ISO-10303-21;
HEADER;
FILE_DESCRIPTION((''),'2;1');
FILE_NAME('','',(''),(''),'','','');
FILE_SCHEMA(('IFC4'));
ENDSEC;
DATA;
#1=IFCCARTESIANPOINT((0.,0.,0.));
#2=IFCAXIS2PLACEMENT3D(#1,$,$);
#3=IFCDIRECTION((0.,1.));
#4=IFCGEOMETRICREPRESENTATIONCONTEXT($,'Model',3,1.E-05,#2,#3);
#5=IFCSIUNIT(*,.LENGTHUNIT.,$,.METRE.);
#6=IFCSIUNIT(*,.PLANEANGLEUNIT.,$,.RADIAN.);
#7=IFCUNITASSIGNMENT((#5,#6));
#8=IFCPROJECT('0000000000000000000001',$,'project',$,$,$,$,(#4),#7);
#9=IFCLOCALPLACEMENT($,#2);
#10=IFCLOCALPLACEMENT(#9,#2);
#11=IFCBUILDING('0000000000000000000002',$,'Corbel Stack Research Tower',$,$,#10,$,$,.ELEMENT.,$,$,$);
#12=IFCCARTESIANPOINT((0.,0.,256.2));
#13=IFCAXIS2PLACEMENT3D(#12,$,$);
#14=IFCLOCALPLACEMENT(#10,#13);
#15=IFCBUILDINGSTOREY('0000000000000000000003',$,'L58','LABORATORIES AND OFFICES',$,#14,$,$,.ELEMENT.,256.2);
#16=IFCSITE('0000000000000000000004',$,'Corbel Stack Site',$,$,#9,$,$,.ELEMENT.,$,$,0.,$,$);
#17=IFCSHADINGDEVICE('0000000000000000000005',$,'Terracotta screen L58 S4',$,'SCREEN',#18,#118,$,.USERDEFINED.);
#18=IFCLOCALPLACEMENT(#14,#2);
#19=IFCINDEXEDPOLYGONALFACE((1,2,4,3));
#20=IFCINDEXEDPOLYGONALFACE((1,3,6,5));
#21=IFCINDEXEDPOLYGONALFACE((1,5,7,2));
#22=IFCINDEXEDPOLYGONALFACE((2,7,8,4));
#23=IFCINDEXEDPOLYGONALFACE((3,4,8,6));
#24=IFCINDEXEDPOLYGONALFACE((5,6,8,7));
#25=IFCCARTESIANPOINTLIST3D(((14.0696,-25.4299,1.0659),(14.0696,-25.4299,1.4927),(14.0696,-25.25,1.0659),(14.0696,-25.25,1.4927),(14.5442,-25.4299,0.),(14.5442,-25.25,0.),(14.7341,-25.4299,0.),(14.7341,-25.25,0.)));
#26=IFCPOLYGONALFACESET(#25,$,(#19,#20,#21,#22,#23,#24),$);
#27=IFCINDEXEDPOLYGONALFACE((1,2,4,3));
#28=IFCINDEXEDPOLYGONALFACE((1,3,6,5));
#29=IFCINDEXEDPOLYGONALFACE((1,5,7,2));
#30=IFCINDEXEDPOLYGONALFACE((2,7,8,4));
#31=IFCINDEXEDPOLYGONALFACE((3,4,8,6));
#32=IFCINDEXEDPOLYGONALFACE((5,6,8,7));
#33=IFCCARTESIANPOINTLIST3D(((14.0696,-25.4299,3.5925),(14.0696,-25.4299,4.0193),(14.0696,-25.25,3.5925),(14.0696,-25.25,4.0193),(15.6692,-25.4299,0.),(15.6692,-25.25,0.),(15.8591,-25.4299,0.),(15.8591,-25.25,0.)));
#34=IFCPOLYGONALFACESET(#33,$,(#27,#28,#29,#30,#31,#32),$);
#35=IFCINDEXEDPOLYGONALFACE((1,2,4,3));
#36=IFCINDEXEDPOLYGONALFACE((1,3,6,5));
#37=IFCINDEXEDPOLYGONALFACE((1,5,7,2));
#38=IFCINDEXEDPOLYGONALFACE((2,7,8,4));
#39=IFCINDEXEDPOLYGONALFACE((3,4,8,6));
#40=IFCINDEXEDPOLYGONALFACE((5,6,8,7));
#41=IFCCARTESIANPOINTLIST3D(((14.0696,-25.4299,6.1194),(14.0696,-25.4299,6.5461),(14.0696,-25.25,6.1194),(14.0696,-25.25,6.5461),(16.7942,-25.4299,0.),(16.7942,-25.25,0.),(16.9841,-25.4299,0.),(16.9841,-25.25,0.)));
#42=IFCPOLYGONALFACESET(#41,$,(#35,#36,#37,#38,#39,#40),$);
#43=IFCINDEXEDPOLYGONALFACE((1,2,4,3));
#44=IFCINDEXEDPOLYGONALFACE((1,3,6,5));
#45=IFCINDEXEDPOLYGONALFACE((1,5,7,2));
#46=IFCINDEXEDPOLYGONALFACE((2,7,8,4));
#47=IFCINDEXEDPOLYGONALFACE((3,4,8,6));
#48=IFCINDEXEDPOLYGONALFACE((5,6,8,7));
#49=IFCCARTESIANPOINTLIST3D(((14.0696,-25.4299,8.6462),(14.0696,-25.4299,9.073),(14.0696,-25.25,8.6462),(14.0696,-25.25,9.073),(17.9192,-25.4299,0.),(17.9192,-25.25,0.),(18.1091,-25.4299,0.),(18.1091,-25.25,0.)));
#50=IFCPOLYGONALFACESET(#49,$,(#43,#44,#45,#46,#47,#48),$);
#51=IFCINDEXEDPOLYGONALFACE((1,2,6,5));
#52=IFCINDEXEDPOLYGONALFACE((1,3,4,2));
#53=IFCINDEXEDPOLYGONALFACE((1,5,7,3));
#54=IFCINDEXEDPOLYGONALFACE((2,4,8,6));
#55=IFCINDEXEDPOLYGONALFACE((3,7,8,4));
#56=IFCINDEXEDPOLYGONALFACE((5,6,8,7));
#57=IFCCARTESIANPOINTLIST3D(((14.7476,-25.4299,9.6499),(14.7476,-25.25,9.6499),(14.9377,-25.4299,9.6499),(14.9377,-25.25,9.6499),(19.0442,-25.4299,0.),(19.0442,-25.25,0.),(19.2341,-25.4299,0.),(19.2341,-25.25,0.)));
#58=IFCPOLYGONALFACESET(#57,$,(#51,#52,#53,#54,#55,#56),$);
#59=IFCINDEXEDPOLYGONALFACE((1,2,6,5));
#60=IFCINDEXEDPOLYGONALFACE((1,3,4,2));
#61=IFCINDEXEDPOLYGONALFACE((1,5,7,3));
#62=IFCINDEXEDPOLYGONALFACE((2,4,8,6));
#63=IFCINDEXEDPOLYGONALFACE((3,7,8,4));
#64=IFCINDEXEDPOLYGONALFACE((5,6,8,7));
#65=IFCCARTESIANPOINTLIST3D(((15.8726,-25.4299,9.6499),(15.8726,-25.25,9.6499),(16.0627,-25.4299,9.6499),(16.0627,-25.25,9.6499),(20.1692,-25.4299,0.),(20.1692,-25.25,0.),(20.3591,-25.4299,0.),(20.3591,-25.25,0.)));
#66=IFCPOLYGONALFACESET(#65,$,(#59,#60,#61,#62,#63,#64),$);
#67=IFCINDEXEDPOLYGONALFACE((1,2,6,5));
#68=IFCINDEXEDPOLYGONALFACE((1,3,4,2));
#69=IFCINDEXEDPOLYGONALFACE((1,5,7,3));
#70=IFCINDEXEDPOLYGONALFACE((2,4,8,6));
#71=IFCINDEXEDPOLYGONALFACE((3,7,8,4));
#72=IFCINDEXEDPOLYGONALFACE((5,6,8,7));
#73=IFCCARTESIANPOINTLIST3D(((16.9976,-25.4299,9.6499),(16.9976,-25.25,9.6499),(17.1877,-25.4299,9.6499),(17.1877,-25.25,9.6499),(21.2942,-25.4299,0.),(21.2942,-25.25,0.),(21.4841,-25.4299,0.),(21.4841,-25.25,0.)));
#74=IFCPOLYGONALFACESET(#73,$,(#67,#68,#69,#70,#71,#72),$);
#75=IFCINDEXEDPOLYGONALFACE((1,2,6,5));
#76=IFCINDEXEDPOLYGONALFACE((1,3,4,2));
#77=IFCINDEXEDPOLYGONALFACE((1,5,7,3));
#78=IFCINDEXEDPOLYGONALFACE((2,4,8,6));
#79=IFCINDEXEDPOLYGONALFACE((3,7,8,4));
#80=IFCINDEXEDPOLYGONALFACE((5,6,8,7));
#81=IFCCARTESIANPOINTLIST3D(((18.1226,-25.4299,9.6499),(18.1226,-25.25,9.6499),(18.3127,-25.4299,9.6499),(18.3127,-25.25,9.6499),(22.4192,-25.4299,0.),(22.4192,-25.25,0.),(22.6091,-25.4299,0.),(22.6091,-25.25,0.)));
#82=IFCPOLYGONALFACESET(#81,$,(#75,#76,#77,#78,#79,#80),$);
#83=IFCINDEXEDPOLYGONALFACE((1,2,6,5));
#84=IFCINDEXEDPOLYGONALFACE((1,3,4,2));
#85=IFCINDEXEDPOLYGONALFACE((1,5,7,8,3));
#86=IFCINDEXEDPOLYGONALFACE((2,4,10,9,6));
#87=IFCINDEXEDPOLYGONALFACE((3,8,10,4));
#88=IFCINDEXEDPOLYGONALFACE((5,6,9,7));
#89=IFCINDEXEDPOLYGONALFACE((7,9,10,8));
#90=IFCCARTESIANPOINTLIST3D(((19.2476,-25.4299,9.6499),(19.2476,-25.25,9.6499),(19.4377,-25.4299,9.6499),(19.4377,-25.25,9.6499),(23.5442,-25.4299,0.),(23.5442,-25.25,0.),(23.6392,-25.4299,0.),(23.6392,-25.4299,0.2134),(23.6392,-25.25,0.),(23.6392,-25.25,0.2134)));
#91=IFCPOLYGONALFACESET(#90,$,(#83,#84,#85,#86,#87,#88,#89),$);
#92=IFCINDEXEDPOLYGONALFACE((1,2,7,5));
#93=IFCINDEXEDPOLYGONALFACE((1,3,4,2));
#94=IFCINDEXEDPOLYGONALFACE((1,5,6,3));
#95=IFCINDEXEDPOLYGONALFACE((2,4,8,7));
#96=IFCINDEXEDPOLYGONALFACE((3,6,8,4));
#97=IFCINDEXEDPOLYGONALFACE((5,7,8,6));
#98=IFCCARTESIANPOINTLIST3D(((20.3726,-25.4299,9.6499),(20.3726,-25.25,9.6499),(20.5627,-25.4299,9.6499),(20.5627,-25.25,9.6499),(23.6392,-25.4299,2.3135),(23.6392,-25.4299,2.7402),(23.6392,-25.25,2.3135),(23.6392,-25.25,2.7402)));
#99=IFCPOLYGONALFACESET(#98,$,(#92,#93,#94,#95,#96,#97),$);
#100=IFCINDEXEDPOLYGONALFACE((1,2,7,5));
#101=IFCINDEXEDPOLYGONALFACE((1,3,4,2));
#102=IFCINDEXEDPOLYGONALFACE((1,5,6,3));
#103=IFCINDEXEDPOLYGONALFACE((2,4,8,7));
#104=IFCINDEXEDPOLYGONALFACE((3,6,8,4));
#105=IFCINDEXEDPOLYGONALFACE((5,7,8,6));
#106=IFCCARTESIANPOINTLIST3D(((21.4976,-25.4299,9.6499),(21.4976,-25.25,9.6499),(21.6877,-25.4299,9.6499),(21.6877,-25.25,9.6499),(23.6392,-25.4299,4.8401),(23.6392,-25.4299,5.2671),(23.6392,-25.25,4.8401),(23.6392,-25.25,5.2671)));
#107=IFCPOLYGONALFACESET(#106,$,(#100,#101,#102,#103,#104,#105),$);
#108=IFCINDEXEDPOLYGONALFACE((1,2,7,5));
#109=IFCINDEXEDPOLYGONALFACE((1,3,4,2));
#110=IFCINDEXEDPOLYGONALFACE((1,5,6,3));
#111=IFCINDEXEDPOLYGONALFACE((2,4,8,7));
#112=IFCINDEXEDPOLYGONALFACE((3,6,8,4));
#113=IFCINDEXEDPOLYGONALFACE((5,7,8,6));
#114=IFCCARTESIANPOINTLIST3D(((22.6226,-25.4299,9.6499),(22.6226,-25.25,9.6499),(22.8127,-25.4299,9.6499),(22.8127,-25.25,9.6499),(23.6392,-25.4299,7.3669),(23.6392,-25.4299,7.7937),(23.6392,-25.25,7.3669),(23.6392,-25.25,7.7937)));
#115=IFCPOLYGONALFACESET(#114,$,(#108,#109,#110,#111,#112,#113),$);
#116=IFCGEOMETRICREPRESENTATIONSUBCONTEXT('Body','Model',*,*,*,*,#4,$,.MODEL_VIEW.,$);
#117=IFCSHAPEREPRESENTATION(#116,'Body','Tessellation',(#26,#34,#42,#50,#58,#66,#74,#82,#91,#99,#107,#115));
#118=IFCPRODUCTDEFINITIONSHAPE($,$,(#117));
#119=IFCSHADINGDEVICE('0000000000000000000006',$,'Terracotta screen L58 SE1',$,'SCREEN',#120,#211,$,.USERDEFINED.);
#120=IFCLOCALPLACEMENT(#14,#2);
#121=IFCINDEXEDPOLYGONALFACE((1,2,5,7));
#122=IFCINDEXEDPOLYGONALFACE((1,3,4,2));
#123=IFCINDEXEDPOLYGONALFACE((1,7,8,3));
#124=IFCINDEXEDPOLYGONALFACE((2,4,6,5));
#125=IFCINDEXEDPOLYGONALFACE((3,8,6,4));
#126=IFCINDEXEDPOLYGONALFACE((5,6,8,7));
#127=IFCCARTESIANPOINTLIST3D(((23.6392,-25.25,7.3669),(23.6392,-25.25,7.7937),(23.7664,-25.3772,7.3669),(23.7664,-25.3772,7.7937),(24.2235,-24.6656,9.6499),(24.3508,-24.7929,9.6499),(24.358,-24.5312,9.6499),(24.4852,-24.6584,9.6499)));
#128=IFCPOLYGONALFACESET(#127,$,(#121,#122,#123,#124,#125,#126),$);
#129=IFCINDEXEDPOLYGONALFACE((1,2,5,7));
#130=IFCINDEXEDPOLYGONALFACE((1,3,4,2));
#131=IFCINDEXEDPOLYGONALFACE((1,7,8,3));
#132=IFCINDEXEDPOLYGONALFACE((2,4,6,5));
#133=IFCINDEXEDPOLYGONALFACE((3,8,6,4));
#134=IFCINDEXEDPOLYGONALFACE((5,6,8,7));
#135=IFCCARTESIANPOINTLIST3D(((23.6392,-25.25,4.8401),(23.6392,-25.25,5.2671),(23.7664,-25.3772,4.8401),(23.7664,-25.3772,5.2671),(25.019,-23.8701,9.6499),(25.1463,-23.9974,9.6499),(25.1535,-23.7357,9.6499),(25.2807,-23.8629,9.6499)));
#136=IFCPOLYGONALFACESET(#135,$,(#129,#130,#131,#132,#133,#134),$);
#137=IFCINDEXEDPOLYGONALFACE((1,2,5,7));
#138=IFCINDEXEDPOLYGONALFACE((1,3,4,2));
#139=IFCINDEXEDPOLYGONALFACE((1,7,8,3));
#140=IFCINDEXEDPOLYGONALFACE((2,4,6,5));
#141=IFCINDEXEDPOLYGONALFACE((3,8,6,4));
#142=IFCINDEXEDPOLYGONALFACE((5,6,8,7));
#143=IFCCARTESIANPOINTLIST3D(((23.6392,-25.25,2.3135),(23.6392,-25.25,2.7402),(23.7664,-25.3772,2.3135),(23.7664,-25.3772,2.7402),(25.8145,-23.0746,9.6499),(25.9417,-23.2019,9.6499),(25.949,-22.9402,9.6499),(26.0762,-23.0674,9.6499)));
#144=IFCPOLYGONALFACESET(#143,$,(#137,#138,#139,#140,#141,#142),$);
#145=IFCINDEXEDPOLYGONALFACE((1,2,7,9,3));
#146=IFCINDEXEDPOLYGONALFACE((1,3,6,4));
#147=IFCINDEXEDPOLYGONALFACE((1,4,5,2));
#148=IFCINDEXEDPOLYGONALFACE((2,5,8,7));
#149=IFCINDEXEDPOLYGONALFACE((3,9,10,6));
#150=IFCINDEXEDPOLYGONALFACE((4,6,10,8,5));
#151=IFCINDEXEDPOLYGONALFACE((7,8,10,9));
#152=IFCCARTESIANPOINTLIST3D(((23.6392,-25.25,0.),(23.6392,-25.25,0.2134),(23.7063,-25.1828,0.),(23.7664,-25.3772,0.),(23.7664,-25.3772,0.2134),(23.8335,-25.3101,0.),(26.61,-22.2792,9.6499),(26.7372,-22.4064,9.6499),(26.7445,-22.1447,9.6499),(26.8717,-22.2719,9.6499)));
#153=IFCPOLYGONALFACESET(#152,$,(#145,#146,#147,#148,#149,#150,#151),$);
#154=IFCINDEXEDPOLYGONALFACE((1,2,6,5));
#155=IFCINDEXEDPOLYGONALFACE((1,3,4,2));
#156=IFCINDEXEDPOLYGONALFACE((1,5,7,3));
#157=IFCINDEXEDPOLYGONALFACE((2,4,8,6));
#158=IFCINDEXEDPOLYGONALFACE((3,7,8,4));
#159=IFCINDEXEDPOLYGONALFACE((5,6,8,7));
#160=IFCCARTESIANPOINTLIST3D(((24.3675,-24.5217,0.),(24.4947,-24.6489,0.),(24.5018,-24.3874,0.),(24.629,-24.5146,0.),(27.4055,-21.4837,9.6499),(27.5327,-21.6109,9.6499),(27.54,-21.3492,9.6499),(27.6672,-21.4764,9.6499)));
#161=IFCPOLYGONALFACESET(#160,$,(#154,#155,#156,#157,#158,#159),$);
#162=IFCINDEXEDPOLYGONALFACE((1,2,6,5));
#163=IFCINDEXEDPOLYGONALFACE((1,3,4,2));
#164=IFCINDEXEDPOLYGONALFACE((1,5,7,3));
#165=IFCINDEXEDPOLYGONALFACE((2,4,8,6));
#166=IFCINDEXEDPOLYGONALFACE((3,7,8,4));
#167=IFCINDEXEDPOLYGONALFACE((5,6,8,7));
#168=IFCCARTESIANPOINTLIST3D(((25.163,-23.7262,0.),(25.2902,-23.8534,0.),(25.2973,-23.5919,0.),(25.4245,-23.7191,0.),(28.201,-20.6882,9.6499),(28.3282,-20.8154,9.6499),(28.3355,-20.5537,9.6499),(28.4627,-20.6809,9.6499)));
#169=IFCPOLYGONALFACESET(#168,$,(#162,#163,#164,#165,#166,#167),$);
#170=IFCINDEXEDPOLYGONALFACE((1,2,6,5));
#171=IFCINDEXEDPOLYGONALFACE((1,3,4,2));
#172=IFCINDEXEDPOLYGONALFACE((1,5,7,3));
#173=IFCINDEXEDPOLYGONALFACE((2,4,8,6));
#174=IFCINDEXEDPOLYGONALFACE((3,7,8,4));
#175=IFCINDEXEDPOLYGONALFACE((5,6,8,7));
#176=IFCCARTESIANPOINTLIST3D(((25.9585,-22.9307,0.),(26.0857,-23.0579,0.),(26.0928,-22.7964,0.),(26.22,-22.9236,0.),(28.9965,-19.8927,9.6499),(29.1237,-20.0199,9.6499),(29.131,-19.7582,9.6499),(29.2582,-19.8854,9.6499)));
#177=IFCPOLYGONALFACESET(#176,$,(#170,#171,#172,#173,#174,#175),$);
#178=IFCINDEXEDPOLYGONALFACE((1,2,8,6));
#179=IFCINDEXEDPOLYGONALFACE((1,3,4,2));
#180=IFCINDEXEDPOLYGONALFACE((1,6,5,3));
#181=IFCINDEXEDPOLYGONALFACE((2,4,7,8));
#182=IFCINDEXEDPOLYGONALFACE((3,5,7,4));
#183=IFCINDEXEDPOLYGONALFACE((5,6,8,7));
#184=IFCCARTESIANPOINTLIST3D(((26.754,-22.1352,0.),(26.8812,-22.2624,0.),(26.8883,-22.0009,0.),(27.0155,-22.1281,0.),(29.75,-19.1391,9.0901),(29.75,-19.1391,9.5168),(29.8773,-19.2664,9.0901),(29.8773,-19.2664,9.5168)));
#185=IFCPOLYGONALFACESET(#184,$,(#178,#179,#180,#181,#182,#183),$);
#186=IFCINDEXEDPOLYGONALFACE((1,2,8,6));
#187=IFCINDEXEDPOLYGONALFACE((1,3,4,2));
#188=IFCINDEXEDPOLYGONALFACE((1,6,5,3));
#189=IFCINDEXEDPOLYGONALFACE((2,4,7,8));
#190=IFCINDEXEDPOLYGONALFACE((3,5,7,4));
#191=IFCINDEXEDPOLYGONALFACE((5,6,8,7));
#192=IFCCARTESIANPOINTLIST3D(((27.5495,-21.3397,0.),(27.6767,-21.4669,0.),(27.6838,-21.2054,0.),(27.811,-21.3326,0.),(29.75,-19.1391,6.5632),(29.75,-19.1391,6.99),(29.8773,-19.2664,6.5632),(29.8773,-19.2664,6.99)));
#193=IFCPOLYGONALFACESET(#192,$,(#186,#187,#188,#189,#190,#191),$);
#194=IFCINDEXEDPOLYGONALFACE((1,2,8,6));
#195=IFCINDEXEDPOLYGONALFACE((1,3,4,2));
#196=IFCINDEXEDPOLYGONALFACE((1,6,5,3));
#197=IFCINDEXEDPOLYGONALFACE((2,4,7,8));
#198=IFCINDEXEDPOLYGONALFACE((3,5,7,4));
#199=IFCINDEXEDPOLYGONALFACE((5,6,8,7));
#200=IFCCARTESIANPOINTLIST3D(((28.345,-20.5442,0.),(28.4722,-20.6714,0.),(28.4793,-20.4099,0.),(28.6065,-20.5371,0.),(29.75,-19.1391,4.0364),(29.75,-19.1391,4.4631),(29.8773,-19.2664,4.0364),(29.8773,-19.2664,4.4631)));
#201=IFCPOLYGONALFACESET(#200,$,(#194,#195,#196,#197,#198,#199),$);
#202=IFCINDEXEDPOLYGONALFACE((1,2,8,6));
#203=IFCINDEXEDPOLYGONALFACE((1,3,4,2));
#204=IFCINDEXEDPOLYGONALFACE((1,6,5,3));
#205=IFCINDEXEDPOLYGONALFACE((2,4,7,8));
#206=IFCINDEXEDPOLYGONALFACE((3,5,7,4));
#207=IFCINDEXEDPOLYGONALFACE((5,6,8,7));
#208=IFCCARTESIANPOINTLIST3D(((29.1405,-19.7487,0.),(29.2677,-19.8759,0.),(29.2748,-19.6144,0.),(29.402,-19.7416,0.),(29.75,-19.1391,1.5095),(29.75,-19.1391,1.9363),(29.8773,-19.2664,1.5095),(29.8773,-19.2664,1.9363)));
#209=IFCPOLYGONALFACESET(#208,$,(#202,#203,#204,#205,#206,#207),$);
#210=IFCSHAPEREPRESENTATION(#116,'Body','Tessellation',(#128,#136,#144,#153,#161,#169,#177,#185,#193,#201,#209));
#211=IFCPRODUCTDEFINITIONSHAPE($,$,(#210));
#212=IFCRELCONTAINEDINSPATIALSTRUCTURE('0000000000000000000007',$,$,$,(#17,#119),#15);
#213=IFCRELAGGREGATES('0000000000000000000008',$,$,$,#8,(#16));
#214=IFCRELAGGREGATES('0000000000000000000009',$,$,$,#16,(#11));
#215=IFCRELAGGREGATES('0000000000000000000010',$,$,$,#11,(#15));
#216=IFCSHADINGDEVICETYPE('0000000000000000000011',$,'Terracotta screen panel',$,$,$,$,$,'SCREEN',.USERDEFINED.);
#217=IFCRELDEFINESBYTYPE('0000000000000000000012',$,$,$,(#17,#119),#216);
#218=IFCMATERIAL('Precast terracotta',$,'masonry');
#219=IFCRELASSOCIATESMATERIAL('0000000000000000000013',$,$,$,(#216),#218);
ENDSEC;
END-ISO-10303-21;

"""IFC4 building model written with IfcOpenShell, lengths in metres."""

from ifc_helpers import new_model, si_unit, direction, frame, origin, place, context, subcontext, project, spatial, polyline, outline, extrude, source, transform, mapped, material, type_object, element, save


model = new_model("IFC4")

# Units and contexts
model_context = context("Model", 3, precision=1e-05, world=origin(), true_north=direction((0.0, 1.0)))
body_context = subcontext(model_context, "Body", "Model", "MODEL_VIEW")
ifc_project = project(units=[si_unit("LENGTHUNIT", "METRE"), si_unit("PLANEANGLEUNIT", "RADIAN")], contexts=[model_context])

# Site, building, storey
site_placement = place(None, origin())
site = spatial("IfcSite", under=ifc_project, at=site_placement, Name="Corbel Stack Site", CompositionType="ELEMENT", RefElevation=0.0)
building_placement = place(site_placement, origin())
building = spatial("IfcBuilding", under=site, at=building_placement, Name="Corbel Stack Research Tower", CompositionType="ELEMENT")
storey_placement = place(building_placement, frame((0.0, 0.0, 256.2)))
storey = spatial("IfcBuildingStorey", under=building, at=storey_placement, Name="L58", Description="LABORATORIES AND OFFICES", CompositionType="ELEMENT", Elevation=256.2)

# Shading devices
ifc_material_1 = material(Name="Precast terracotta", Category="masonry")
shading_device_type = type_object("IfcShadingDeviceType", Name="Terracotta screen panel", ElementType="SCREEN", PredefinedType="USERDEFINED", material=ifc_material_1)
shared_shape_1 = source(origin(), body_context, "Body", "SweptSolid", [
    extrude(outline(polyline([(0.6646, 0.0), (0.0, 1.4927), (0.0, 1.0659), (0.4746, 0.0), (0.6646, 0.0)])), frame((0.0, 0.0, 0.0), z_axis=(0.0, -1.0, 0.0), x_axis=(1.0, 0.0, 0.0)), (0.0, 0.0, 1.0), 0.1799),
    extrude(outline(polyline([(1.7896, 0.0), (0.0, 4.0193), (0.0, 3.5925), (1.5996, 0.0), (1.7896, 0.0)])), frame((0.0, 0.0, 0.0), z_axis=(0.0, -1.0, 0.0), x_axis=(1.0, 0.0, 0.0)), (0.0, 0.0, 1.0), 0.1799),
    extrude(outline(polyline([(2.9146, 0.0), (0.0, 6.5461), (0.0, 6.1194), (2.7246, 0.0), (2.9146, 0.0)])), frame((0.0, 0.0, 0.0), z_axis=(0.0, -1.0, 0.0), x_axis=(1.0, 0.0, 0.0)), (0.0, 0.0, 1.0), 0.1799),
    extrude(outline(polyline([(4.0396, 0.0), (0.0, 9.073), (0.0, 8.6462), (3.8496, 0.0), (4.0396, 0.0)])), frame((0.0, 0.0, 0.0), z_axis=(0.0, -1.0, 0.0), x_axis=(1.0, 0.0, 0.0)), (0.0, 0.0, 1.0), 0.1799),
    extrude(outline(polyline([(5.1646, 0.0), (0.8682, 9.6499), (0.678, 9.6499), (4.9746, 0.0), (5.1646, 0.0)])), frame((0.0, 0.0, 0.0), z_axis=(0.0, -1.0, 0.0), x_axis=(1.0, 0.0, 0.0)), (0.0, 0.0, 1.0), 0.1799),
    extrude(outline(polyline([(6.2896, 0.0), (1.9932, 9.6499), (1.803, 9.6499), (6.0996, 0.0), (6.2896, 0.0)])), frame((0.0, 0.0, 0.0), z_axis=(0.0, -1.0, 0.0), x_axis=(1.0, 0.0, 0.0)), (0.0, 0.0, 1.0), 0.1799),
    extrude(outline(polyline([(7.4146, 0.0), (3.1182, 9.6499), (2.928, 9.6499), (7.2246, 0.0), (7.4146, 0.0)])), frame((0.0, 0.0, 0.0), z_axis=(0.0, -1.0, 0.0), x_axis=(1.0, 0.0, 0.0)), (0.0, 0.0, 1.0), 0.1799),
    extrude(outline(polyline([(8.5396, 0.0), (4.2432, 9.6499), (4.053, 9.6499), (8.3496, 0.0), (8.5396, 0.0)])), frame((0.0, 0.0, 0.0), z_axis=(0.0, -1.0, 0.0), x_axis=(1.0, 0.0, 0.0)), (0.0, 0.0, 1.0), 0.1799),
    extrude(outline(polyline([(9.5696, 0.0), (9.5696, 0.2134), (5.3682, 9.6499), (5.178, 9.6499), (9.4746, 0.0), (9.5696, 0.0)])), frame((0.0, 0.0, 0.0), z_axis=(0.0, -1.0, 0.0), x_axis=(1.0, 0.0, 0.0)), (0.0, 0.0, 1.0), 0.1799),
    extrude(outline(polyline([(6.4932, 9.6499), (6.303, 9.6499), (9.5696, 2.3135), (9.5696, 2.7402), (6.4932, 9.6499)])), frame((0.0, 0.0, 0.0), z_axis=(0.0, -1.0, 0.0), x_axis=(1.0, 0.0, 0.0)), (0.0, 0.0, 1.0), 0.1799),
    extrude(outline(polyline([(7.6182, 9.6499), (7.428, 9.6499), (9.5696, 4.8401), (9.5696, 5.2671), (7.6182, 9.6499)])), frame((0.0, 0.0, 0.0), z_axis=(0.0, -1.0, 0.0), x_axis=(1.0, 0.0, 0.0)), (0.0, 0.0, 1.0), 0.1799),
    extrude(outline(polyline([(8.7432, 9.6499), (8.553, 9.6499), (9.5696, 7.3669), (9.5696, 7.7937), (8.7432, 9.6499)])), frame((0.0, 0.0, 0.0), z_axis=(0.0, -1.0, 0.0), x_axis=(1.0, 0.0, 0.0)), (0.0, 0.0, 1.0), 0.1799),
])
shading_device_1_placement = place(storey_placement, frame((14.0696, -25.25, 0.0), z_axis=(0.0, 0.0, 1.0), x_axis=(1.0, 0.0, 0.0)))
element("IfcShadingDevice", 1, at=shading_device_1_placement, inside=storey, type_object=shading_device_type, Name="Terracotta screen L58 S4", ObjectType="SCREEN", PredefinedType="USERDEFINED", context=body_context, shape_type="MappedRepresentation", body=[
    mapped(shared_shape_1, transform((0.0, 0.0, 0.0))),
])
shared_shape_2 = source(origin(), body_context, "Body", "SweptSolid", [
    extrude(outline(polyline([(1.0166, 9.6499), (0.8264, 9.6499), (0.0, 7.7937), (0.0, 7.3669), (1.0166, 9.6499)])), frame((0.0, 0.0, 0.0), z_axis=(0.0, -1.0, 0.0), x_axis=(1.0, 0.0, 0.0)), (0.0, 0.0, 1.0), 0.1799),
    extrude(outline(polyline([(2.1416, 9.6499), (1.9514, 9.6499), (0.0, 5.2671), (0.0, 4.8401), (2.1416, 9.6499)])), frame((0.0, 0.0, 0.0), z_axis=(0.0, -1.0, 0.0), x_axis=(1.0, 0.0, 0.0)), (0.0, 0.0, 1.0), 0.1799),
    extrude(outline(polyline([(3.2666, 9.6499), (3.0764, 9.6499), (0.0, 2.7402), (0.0, 2.3135), (3.2666, 9.6499)])), frame((0.0, 0.0, 0.0), z_axis=(0.0, -1.0, 0.0), x_axis=(1.0, 0.0, 0.0)), (0.0, 0.0, 1.0), 0.1799),
    extrude(outline(polyline([(0.095, 0.0), (4.3916, 9.6499), (4.2014, 9.6499), (0.0, 0.2134), (0.0, 0.0), (0.095, 0.0)])), frame((0.0, 0.0, 0.0), z_axis=(0.0, -1.0, 0.0), x_axis=(1.0, 0.0, 0.0)), (0.0, 0.0, 1.0), 0.1799),
    extrude(outline(polyline([(1.22, 0.0), (5.5166, 9.6499), (5.3264, 9.6499), (1.03, 0.0), (1.22, 0.0)])), frame((0.0, 0.0, 0.0), z_axis=(0.0, -1.0, 0.0), x_axis=(1.0, 0.0, 0.0)), (0.0, 0.0, 1.0), 0.1799),
    extrude(outline(polyline([(2.345, 0.0), (6.6416, 9.6499), (6.4514, 9.6499), (2.155, 0.0), (2.345, 0.0)])), frame((0.0, 0.0, 0.0), z_axis=(0.0, -1.0, 0.0), x_axis=(1.0, 0.0, 0.0)), (0.0, 0.0, 1.0), 0.1799),
    extrude(outline(polyline([(3.47, 0.0), (7.7666, 9.6499), (7.5764, 9.6499), (3.28, 0.0), (3.47, 0.0)])), frame((0.0, 0.0, 0.0), z_axis=(0.0, -1.0, 0.0), x_axis=(1.0, 0.0, 0.0)), (0.0, 0.0, 1.0), 0.1799),
    extrude(outline(polyline([(4.595, 0.0), (8.6421, 9.0901), (8.6421, 9.5168), (4.405, 0.0), (4.595, 0.0)])), frame((0.0, 0.0, 0.0), z_axis=(0.0, -1.0, 0.0), x_axis=(1.0, 0.0, 0.0)), (0.0, 0.0, 1.0), 0.1799),
    extrude(outline(polyline([(5.72, 0.0), (8.6421, 6.5632), (8.6421, 6.99), (5.53, 0.0), (5.72, 0.0)])), frame((0.0, 0.0, 0.0), z_axis=(0.0, -1.0, 0.0), x_axis=(1.0, 0.0, 0.0)), (0.0, 0.0, 1.0), 0.1799),
    extrude(outline(polyline([(6.845, 0.0), (8.6421, 4.0364), (8.6421, 4.4631), (6.655, 0.0), (6.845, 0.0)])), frame((0.0, 0.0, 0.0), z_axis=(0.0, -1.0, 0.0), x_axis=(1.0, 0.0, 0.0)), (0.0, 0.0, 1.0), 0.1799),
    extrude(outline(polyline([(7.97, 0.0), (8.6421, 1.5095), (8.6421, 1.9363), (7.78, 0.0), (7.97, 0.0)])), frame((0.0, 0.0, 0.0), z_axis=(0.0, -1.0, 0.0), x_axis=(1.0, 0.0, 0.0)), (0.0, 0.0, 1.0), 0.1799),
])
shading_device_2_placement = place(storey_placement, frame((23.6392, -25.25, 0.0), z_axis=(0.0, 0.0, 1.0), x_axis=(0.707107, 0.707107, 0.0)))
element("IfcShadingDevice", 2, at=shading_device_2_placement, inside=storey, type_object=shading_device_type, Name="Terracotta screen L58 SE1", ObjectType="SCREEN", PredefinedType="USERDEFINED", context=body_context, shape_type="MappedRepresentation", body=[
    mapped(shared_shape_2, transform((0.0, 0.0, 0.0))),
])

save(model, "model.ifc")
